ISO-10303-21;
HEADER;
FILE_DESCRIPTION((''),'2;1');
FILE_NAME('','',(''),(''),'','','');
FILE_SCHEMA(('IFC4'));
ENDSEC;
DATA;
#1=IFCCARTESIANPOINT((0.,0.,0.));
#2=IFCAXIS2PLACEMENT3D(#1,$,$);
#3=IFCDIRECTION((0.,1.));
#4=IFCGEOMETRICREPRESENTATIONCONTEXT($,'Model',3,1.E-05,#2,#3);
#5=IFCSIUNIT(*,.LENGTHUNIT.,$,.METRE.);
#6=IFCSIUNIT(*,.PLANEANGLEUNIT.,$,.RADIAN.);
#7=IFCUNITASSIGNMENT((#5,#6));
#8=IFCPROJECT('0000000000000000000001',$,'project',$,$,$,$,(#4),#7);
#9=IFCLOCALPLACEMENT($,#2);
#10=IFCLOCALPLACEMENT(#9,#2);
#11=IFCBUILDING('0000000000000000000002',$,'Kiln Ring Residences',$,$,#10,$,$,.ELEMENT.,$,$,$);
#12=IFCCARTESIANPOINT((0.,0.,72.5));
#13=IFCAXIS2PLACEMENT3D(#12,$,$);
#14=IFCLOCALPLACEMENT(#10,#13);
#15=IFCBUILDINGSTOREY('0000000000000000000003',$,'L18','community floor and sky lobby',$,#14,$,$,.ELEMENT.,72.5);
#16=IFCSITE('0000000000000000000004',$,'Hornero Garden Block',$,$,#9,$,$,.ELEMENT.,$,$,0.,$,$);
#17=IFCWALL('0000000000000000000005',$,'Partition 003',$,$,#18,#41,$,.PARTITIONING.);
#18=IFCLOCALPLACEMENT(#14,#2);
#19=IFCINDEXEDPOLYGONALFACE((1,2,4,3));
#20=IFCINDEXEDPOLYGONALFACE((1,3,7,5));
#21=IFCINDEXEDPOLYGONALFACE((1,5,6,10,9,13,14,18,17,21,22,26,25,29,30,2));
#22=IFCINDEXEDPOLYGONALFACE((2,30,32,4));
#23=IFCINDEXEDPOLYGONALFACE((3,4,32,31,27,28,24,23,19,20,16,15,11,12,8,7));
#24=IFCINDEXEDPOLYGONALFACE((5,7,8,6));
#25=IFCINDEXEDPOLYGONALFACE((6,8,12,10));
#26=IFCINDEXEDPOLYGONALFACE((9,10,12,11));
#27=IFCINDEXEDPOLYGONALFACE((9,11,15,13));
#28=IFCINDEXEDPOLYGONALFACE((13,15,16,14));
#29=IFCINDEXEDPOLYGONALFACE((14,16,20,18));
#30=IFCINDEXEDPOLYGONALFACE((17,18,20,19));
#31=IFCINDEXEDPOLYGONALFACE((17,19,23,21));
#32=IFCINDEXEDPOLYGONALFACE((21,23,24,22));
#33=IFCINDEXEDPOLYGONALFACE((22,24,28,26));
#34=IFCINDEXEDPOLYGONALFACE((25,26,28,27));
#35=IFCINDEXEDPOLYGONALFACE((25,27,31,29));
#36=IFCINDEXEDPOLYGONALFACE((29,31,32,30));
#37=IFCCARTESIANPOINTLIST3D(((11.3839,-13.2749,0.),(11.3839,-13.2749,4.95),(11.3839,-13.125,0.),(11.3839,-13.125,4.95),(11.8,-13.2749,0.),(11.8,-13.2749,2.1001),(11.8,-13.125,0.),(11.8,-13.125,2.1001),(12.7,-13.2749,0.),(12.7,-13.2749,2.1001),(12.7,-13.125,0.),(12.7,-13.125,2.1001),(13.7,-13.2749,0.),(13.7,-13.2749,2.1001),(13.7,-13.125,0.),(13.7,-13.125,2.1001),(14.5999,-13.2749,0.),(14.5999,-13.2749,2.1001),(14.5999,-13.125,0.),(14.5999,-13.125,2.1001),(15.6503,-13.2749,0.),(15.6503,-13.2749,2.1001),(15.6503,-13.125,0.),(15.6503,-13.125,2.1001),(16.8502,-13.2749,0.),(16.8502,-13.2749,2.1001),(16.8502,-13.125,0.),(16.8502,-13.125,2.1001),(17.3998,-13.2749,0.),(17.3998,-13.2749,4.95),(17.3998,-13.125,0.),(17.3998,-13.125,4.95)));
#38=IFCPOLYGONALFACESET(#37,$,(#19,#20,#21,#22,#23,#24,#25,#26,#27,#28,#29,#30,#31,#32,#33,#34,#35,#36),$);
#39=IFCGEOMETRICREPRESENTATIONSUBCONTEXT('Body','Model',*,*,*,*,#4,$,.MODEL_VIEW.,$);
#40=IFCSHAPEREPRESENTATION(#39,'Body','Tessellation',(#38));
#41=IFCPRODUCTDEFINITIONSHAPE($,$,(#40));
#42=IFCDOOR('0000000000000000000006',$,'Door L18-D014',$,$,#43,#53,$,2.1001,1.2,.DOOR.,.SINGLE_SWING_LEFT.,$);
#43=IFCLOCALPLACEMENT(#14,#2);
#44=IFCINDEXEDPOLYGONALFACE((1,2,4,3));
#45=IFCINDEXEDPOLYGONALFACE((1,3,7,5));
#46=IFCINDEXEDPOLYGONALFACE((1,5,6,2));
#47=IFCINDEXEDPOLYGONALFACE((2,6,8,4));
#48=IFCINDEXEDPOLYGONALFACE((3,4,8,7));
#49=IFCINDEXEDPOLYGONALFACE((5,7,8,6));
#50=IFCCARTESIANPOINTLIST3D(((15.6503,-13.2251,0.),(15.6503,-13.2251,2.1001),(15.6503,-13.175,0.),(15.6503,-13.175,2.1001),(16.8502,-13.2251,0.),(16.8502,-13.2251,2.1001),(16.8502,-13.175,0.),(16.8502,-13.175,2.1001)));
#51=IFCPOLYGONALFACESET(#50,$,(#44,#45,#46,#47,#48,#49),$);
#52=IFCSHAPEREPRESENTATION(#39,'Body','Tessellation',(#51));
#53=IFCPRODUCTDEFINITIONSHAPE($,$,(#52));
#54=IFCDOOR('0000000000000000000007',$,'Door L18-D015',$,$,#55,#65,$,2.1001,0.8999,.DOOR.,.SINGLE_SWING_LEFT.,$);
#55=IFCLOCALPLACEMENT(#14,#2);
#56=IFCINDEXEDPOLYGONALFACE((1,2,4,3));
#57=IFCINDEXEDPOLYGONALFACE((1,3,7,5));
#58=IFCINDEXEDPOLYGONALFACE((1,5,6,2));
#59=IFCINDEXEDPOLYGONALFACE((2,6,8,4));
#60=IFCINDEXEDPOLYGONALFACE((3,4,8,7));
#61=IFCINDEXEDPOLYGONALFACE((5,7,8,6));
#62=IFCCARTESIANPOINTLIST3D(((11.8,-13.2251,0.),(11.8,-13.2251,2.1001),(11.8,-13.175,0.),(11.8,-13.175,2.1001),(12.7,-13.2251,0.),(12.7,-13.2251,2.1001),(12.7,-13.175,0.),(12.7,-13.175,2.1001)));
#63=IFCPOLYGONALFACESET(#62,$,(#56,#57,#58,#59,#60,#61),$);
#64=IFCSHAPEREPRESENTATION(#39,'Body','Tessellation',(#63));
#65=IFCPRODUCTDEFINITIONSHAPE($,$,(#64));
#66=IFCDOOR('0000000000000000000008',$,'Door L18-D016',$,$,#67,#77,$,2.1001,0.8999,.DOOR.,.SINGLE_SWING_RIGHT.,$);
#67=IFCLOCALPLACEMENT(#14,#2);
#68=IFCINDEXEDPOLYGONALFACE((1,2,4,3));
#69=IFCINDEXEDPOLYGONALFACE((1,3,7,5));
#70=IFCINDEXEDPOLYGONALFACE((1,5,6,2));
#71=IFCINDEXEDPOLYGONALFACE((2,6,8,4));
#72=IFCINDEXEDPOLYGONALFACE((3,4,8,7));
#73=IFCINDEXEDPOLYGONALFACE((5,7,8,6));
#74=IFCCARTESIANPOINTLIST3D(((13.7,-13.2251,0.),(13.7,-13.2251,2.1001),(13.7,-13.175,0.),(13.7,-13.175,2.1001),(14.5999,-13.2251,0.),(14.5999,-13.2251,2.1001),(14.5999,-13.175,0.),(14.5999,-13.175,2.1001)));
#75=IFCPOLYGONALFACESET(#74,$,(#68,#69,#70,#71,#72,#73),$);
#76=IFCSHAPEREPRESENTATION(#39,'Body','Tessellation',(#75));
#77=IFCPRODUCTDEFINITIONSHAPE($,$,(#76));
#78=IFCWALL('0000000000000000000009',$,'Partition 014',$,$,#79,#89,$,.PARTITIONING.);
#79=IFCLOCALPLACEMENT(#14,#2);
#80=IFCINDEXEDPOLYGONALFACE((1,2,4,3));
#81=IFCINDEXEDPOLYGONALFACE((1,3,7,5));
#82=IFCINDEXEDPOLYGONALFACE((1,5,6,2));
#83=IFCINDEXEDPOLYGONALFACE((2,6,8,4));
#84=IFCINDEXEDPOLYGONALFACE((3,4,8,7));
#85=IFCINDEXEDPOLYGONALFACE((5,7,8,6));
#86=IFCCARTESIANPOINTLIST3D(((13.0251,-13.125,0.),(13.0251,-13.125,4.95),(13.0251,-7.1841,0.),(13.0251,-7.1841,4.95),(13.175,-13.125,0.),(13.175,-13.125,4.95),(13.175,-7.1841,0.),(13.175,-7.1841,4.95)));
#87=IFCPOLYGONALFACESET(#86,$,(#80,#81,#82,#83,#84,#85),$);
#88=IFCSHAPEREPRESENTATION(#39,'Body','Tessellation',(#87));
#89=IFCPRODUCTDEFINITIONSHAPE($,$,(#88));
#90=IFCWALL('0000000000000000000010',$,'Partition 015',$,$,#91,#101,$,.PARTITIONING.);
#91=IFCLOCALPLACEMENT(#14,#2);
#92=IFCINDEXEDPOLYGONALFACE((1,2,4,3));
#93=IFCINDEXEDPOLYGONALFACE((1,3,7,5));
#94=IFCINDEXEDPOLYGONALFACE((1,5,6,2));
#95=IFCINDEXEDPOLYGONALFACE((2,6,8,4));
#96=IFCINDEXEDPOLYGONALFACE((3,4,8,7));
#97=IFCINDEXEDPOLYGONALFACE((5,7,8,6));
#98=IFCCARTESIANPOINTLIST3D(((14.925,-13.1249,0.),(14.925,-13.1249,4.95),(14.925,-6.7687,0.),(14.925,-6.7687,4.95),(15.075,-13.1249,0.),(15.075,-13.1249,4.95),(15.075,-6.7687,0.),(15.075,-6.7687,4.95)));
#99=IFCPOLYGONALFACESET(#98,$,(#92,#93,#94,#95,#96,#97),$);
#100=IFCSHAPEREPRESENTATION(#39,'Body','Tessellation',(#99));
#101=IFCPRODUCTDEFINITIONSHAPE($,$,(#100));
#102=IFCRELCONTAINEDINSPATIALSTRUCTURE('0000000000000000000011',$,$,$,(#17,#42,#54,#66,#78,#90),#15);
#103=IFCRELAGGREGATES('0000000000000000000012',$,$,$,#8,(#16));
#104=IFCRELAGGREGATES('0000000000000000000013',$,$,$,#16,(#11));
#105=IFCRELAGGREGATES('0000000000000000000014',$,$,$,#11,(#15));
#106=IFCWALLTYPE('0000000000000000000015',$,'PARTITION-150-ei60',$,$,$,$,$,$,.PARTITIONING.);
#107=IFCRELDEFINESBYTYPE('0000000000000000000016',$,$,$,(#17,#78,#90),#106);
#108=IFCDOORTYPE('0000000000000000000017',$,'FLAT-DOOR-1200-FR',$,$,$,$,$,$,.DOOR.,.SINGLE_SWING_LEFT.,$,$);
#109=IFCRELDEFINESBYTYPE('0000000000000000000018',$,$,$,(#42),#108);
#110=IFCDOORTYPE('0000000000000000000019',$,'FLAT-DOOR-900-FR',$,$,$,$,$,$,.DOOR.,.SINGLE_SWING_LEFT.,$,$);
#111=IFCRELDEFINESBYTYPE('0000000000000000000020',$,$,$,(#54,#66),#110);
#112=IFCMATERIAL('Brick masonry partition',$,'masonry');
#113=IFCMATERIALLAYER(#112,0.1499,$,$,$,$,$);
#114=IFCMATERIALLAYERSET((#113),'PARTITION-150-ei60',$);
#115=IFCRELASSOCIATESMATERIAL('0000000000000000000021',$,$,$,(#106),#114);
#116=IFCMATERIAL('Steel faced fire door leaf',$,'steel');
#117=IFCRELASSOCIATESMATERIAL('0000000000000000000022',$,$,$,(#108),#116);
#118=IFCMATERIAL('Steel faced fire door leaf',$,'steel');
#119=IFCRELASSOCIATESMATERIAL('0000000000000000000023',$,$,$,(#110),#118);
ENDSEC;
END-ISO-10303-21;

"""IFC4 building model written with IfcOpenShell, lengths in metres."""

from ifc_helpers import new_model, si_unit, direction, frame, frame_2d, origin, place, context, subcontext, project, spatial, rectangle, extrude, material, layer, layer_set, type_object, element, fill, save


model = new_model("IFC4")

# Units and contexts
model_context = context("Model", 3, precision=1e-05, world=origin(), true_north=direction((0.0, 1.0)))
body_context = subcontext(model_context, "Body", "Model", "MODEL_VIEW")
ifc_project = project(units=[si_unit("LENGTHUNIT", "METRE"), si_unit("PLANEANGLEUNIT", "RADIAN")], contexts=[model_context])

# Site, building, storey
site_placement = place(None, origin())
site = spatial("IfcSite", under=ifc_project, at=site_placement, Name="Hornero Garden Block", CompositionType="ELEMENT", RefElevation=0.0)
building_placement = place(site_placement, origin())
building = spatial("IfcBuilding", under=site, at=building_placement, Name="Kiln Ring Residences", CompositionType="ELEMENT")
storey_placement = place(building_placement, frame((0.0, 0.0, 72.5)))
storey = spatial("IfcBuildingStorey", under=building, at=storey_placement, Name="L18", Description="community floor and sky lobby", CompositionType="ELEMENT", Elevation=72.5)

# Wall, openings, doors
ifc_material_1 = material(Name="Brick masonry partition", Category="masonry")
ifc_layer_1 = layer(ifc_material_1, 0.1499)
ifc_layer_set_1 = layer_set([ifc_layer_1], Name="PARTITION-150-ei60")
wall_type_1 = type_object("IfcWallType", Name="PARTITION-150-ei60", PredefinedType="PARTITIONING", material=ifc_layer_set_1)
wall_1_placement = place(storey_placement, frame((11.384, -13.2, 0.0), z_axis=(0.0, 0.0, 1.0), x_axis=(1.0, 0.0, 0.0)))
wall_1 = element("IfcWall", 1, at=wall_1_placement, inside=storey, type_object=wall_type_1, Name="Partition 003", PredefinedType="PARTITIONING", context=body_context, shape_type="SweptSolid", body=[
    extrude(rectangle(XDim=6.0159, YDim=0.1499, at=frame_2d((3.0078, 0.0))), origin(), (0.0, 0.0, 1.0), 4.95),
])
opening_1_placement = place(wall_1_placement, frame((4.2661, 0.0, 0.0)))
opening_1 = element("IfcOpeningElement", 2, at=opening_1_placement, cuts=wall_1, PredefinedType="OPENING", context=body_context, shape_type="SweptSolid", body=[
    extrude(rectangle(XDim=1.2, YDim=2.1001, at=frame_2d((0.6001, 1.05))), frame((0.0, 0.085, 0.0), z_axis=(0.0, -1.0, 0.0), x_axis=(1.0, 0.0, 0.0)), (0.0, 0.0, 1.0), 0.1699),
])
opening_2_placement = place(wall_1_placement, frame((0.416, 0.0, 0.0)))
opening_2 = element("IfcOpeningElement", 3, at=opening_2_placement, cuts=wall_1, PredefinedType="OPENING", context=body_context, shape_type="SweptSolid", body=[
    extrude(rectangle(XDim=0.8999, YDim=2.1001, at=frame_2d((0.45, 1.05))), frame((0.0, 0.085, 0.0), z_axis=(0.0, -1.0, 0.0), x_axis=(1.0, 0.0, 0.0)), (0.0, 0.0, 1.0), 0.1699),
])
opening_3_placement = place(wall_1_placement, frame((2.3159, 0.0, 0.0)))
opening_3 = element("IfcOpeningElement", 4, at=opening_3_placement, cuts=wall_1, PredefinedType="OPENING", context=body_context, shape_type="SweptSolid", body=[
    extrude(rectangle(XDim=0.8999, YDim=2.1001, at=frame_2d((0.45, 1.05))), frame((0.0, 0.085, 0.0), z_axis=(0.0, -1.0, 0.0), x_axis=(1.0, 0.0, 0.0)), (0.0, 0.0, 1.0), 0.1699),
])
ifc_material_2 = material(Name="Steel faced fire door leaf", Category="steel")
door_type_1 = type_object("IfcDoorType", Name="FLAT-DOOR-1200-FR", OperationType="SINGLE_SWING_LEFT", PredefinedType="DOOR", material=ifc_material_2)
door_1_placement = place(opening_1_placement, origin())
door_1 = element("IfcDoor", 5, at=door_1_placement, inside=storey, type_object=door_type_1, Name="Door L18-D014", OperationType="SINGLE_SWING_LEFT", OverallHeight=2.1001, OverallWidth=1.2, PredefinedType="DOOR", context=body_context, shape_type="SweptSolid", body=[
    extrude(rectangle(XDim=1.2, YDim=2.1001, at=frame_2d((0.6001, 1.05))), frame((0.0, 0.0249, 0.0), z_axis=(0.0, -1.0, 0.0), x_axis=(1.0, 0.0, 0.0)), (0.0, 0.0, 1.0), 0.05),
])
fill(opening_1, door_1)
ifc_material_3 = material(Name="Steel faced fire door leaf", Category="steel")
door_type_2 = type_object("IfcDoorType", Name="FLAT-DOOR-900-FR", OperationType="SINGLE_SWING_LEFT", PredefinedType="DOOR", material=ifc_material_3)
door_2_placement = place(opening_2_placement, origin())
door_2 = element("IfcDoor", 6, at=door_2_placement, inside=storey, type_object=door_type_2, Name="Door L18-D015", OperationType="SINGLE_SWING_LEFT", OverallHeight=2.1001, OverallWidth=0.8999, PredefinedType="DOOR", context=body_context, shape_type="SweptSolid", body=[
    extrude(rectangle(XDim=0.8999, YDim=2.1001, at=frame_2d((0.45, 1.05))), frame((0.0, 0.0249, 0.0), z_axis=(0.0, -1.0, 0.0), x_axis=(1.0, 0.0, 0.0)), (0.0, 0.0, 1.0), 0.05),
])
fill(opening_2, door_2)
door_3_placement = place(opening_3_placement, origin())
door_3 = element("IfcDoor", 7, at=door_3_placement, inside=storey, type_object=door_type_2, Name="Door L18-D016", OperationType="SINGLE_SWING_RIGHT", OverallHeight=2.1001, OverallWidth=0.8999, PredefinedType="DOOR", context=body_context, shape_type="SweptSolid", body=[
    extrude(rectangle(XDim=0.8999, YDim=2.1001, at=frame_2d((0.45, 1.05))), frame((0.0, 0.0249, 0.0), z_axis=(0.0, -1.0, 0.0), x_axis=(1.0, 0.0, 0.0)), (0.0, 0.0, 1.0), 0.05),
])
fill(opening_3, door_3)

# Walls
wall_2_placement = place(storey_placement, frame((13.1001, -13.125, 0.0), z_axis=(0.0, 0.0, 1.0), x_axis=(0.0, 1.0, 0.0)))
element("IfcWall", 8, at=wall_2_placement, inside=storey, type_object=wall_type_1, Name="Partition 014", PredefinedType="PARTITIONING", context=body_context, shape_type="SweptSolid", body=[
    extrude(rectangle(XDim=5.9409, YDim=0.1499, at=frame_2d((2.9705, 0.0))), origin(), (0.0, 0.0, 1.0), 4.95),
])
wall_3_placement = place(storey_placement, frame((15.0, -13.125, 0.0), z_axis=(0.0, 0.0, 1.0), x_axis=(0.0, 1.0, 0.0)))
element("IfcWall", 9, at=wall_3_placement, inside=storey, type_object=wall_type_1, Name="Partition 015", PredefinedType="PARTITIONING", context=body_context, shape_type="SweptSolid", body=[
    extrude(rectangle(XDim=6.3562, YDim=0.1499, at=frame_2d((3.1782, 0.0))), origin(), (0.0, 0.0, 1.0), 4.95),
])

save(model, "model.ifc")
